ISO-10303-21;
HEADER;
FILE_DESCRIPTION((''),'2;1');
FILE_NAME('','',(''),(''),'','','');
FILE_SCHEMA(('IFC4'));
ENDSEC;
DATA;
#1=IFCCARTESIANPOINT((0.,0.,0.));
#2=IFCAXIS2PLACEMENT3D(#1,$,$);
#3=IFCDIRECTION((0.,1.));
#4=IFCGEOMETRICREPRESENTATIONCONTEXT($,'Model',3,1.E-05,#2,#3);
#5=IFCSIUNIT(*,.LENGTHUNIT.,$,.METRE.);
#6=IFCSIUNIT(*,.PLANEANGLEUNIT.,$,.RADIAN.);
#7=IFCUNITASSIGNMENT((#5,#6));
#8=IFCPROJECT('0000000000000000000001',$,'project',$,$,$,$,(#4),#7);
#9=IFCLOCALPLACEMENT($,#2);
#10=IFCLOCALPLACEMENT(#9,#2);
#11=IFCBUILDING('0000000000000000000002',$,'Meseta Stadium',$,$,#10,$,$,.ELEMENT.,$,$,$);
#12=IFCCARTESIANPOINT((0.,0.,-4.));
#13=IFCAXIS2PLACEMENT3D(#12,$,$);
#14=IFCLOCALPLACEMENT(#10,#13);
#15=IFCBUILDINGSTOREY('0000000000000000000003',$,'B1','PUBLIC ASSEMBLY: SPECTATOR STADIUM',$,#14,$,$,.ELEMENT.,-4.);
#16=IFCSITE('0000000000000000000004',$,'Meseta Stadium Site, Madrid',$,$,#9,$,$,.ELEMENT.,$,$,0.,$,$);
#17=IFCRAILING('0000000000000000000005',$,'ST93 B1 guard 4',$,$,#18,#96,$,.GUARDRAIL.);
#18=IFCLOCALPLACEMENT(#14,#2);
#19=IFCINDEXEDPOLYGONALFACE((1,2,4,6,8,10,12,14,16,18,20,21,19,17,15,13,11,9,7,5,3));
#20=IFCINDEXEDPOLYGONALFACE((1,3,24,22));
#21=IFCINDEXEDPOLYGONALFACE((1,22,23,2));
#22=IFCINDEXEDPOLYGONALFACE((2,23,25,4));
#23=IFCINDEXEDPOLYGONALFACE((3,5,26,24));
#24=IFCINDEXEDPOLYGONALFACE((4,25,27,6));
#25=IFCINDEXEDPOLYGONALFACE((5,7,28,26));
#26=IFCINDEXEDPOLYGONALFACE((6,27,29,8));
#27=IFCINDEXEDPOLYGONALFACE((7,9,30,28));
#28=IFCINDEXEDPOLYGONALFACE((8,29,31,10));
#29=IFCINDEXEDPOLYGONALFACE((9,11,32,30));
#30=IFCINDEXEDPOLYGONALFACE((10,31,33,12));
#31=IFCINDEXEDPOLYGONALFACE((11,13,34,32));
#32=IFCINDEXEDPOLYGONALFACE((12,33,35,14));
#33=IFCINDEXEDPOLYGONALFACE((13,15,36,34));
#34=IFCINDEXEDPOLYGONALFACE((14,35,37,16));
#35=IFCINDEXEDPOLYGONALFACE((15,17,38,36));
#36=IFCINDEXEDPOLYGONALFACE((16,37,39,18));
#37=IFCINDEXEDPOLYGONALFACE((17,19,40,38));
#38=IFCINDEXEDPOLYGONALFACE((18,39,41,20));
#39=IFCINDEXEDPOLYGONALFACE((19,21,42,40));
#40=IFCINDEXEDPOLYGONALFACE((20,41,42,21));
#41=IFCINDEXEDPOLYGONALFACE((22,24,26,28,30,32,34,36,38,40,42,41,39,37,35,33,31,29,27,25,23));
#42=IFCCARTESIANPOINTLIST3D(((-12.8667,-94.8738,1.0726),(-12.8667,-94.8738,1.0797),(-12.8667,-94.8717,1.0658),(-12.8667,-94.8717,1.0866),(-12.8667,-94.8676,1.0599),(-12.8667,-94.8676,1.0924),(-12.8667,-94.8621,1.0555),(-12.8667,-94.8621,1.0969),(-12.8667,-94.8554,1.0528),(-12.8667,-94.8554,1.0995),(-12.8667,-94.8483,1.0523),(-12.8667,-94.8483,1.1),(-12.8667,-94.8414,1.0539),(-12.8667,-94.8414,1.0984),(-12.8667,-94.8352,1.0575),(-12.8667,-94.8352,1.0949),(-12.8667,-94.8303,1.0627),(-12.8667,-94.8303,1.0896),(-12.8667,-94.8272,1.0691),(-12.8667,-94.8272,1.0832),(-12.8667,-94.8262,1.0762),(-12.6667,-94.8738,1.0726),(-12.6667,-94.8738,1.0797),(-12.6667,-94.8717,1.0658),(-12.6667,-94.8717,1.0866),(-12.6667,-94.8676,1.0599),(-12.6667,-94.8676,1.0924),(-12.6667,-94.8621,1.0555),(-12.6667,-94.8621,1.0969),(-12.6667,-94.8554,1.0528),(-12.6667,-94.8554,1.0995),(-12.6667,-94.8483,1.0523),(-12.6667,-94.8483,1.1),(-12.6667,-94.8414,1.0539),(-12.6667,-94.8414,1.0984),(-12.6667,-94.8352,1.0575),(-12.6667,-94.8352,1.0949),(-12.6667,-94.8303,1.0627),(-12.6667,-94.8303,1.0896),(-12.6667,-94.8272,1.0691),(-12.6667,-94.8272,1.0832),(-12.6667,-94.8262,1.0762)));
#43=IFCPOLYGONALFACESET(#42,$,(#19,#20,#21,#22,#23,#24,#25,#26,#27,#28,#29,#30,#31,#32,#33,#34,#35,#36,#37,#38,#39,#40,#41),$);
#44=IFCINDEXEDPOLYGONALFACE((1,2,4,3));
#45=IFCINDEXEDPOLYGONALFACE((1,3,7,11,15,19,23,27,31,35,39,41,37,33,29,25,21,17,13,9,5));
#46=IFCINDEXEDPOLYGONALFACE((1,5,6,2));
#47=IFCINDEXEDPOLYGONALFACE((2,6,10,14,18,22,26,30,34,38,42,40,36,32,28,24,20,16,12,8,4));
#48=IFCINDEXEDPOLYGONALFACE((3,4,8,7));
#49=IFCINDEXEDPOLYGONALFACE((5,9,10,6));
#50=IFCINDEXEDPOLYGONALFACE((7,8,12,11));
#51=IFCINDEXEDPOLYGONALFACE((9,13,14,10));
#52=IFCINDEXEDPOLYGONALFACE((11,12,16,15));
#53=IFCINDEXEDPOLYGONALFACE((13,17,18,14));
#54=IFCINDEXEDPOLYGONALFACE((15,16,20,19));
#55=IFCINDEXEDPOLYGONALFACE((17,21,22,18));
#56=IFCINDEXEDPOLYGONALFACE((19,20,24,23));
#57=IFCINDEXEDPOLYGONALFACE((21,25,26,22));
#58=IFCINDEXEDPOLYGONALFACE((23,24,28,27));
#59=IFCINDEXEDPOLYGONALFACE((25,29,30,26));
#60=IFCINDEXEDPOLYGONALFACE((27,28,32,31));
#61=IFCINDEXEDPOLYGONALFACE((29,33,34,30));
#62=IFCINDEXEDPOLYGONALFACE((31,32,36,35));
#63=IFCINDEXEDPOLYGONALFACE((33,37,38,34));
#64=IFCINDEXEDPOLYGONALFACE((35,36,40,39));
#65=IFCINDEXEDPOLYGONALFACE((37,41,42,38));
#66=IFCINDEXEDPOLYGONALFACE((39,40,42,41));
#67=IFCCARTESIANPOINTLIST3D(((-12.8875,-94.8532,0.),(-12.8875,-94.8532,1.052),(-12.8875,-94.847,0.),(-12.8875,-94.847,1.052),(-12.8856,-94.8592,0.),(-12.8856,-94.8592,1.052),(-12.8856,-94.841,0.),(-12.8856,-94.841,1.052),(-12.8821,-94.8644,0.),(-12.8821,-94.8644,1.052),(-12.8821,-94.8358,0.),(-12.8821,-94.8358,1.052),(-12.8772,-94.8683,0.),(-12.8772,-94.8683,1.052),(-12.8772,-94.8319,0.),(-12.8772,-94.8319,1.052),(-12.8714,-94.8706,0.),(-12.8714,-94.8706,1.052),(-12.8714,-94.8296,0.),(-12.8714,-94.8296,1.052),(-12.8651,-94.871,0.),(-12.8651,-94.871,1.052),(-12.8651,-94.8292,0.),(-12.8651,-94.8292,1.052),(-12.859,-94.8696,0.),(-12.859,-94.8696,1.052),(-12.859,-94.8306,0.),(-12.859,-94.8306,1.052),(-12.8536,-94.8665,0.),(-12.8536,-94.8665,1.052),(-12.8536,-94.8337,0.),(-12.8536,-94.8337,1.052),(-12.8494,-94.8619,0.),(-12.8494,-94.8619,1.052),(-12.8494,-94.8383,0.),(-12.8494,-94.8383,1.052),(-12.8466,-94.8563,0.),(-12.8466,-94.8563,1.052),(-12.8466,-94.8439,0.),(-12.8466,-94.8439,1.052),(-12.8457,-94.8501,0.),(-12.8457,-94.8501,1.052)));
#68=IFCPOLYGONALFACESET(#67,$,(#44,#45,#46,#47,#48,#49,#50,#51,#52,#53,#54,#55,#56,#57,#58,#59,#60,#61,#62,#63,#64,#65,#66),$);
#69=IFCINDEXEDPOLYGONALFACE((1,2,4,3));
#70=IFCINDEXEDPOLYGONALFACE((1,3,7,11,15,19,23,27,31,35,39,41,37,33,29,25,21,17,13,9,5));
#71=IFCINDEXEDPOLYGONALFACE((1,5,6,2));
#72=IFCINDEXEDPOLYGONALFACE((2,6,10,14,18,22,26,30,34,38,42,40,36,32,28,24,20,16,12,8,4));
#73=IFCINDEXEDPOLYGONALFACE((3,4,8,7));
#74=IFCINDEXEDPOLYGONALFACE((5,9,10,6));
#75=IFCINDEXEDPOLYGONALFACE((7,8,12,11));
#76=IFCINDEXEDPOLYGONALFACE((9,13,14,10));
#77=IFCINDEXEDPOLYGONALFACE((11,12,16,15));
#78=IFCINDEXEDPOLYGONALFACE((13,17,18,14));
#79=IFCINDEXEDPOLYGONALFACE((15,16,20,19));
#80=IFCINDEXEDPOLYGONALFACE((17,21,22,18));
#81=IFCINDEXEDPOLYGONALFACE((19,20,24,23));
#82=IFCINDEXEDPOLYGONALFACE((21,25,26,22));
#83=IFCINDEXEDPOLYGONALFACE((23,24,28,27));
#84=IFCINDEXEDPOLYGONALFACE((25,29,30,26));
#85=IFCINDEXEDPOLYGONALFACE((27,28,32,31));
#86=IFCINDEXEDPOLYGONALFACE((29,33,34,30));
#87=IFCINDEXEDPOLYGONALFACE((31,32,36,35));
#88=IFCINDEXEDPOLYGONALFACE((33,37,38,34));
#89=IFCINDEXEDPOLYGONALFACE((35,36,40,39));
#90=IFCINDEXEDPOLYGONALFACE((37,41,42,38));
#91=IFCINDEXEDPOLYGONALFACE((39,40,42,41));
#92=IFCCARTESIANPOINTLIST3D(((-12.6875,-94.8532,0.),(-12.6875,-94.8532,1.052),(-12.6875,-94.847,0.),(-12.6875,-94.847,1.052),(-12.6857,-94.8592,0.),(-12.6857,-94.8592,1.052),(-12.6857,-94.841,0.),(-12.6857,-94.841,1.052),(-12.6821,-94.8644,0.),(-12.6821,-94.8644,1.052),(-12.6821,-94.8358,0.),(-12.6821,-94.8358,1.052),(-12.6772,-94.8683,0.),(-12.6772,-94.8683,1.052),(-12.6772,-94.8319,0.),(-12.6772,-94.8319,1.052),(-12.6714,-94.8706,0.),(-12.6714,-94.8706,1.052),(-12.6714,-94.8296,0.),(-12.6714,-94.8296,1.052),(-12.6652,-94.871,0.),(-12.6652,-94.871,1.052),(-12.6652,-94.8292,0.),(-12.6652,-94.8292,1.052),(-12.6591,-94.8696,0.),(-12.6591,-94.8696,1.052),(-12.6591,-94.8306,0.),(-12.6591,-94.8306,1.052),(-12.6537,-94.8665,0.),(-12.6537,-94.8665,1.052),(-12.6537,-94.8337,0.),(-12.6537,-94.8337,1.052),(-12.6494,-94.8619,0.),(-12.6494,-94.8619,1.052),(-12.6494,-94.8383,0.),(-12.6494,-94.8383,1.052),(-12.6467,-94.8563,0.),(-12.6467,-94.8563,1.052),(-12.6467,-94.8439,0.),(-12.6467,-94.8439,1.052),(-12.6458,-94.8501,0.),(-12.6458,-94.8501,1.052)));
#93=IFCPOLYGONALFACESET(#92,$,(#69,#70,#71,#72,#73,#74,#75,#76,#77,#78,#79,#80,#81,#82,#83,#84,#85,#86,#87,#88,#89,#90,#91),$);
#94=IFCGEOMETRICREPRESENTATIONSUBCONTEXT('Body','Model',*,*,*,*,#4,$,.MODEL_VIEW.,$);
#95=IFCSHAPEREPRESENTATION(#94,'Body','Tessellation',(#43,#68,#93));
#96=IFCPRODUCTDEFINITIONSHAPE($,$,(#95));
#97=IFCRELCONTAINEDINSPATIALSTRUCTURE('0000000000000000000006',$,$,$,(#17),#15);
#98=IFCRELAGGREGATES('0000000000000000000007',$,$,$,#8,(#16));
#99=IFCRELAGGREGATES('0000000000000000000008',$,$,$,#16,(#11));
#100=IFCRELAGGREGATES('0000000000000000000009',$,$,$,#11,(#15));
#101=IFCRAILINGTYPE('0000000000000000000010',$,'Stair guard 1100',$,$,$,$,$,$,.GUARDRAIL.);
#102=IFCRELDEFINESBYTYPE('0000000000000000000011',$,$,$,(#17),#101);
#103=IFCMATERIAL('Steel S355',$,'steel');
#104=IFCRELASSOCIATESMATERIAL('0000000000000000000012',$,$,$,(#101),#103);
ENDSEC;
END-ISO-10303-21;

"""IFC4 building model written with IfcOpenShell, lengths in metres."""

from ifc_helpers import new_model, si_unit, direction, frame, origin, origin_2d, place, context, subcontext, project, spatial, circle, extrude, material, type_object, element, save


model = new_model("IFC4")

# Units and contexts
model_context = context("Model", 3, precision=1e-05, world=origin(), true_north=direction((0.0, 1.0)))
body_context = subcontext(model_context, "Body", "Model", "MODEL_VIEW")
ifc_project = project(units=[si_unit("LENGTHUNIT", "METRE"), si_unit("PLANEANGLEUNIT", "RADIAN")], contexts=[model_context])

# Site, building, storey
site_placement = place(None, origin())
site = spatial("IfcSite", under=ifc_project, at=site_placement, Name="Meseta Stadium Site, Madrid", CompositionType="ELEMENT", RefElevation=0.0)
building_placement = place(site_placement, origin())
building = spatial("IfcBuilding", under=site, at=building_placement, Name="Meseta Stadium", CompositionType="ELEMENT")
storey_placement = place(building_placement, frame((0.0, 0.0, -4.0)))
storey = spatial("IfcBuildingStorey", under=building, at=storey_placement, Name="B1", Description="PUBLIC ASSEMBLY: SPECTATOR STADIUM", CompositionType="ELEMENT", Elevation=-4.0)

# Railing
ifc_material_1 = material(Name="Steel S355", Category="steel")
railing_type = type_object("IfcRailingType", Name="Stair guard 1100", PredefinedType="GUARDRAIL", material=ifc_material_1)
railing_placement = place(storey_placement, frame((-12.8667, -94.8501, 0.0)))
element("IfcRailing", 1, at=railing_placement, inside=storey, type_object=railing_type, Name="ST93 B1 guard 4", PredefinedType="GUARDRAIL", context=body_context, shape_type="SweptSolid", body=[
    extrude(circle(Radius=0.0239, at=origin_2d()), frame((0.0, 0.0, 1.0762), z_axis=(1.0, 0.0, 0.0), x_axis=(0.0, 1.0, 0.0)), (0.0, 0.0, 1.0), 0.2),
    extrude(circle(Radius=0.021, at=origin_2d()), origin(), (0.0, 0.0, 1.0), 1.052),
    extrude(circle(Radius=0.021, at=origin_2d()), frame((0.2, 0.0, 0.0)), (0.0, 0.0, 1.0), 1.052),
])

save(model, "model.ifc")
